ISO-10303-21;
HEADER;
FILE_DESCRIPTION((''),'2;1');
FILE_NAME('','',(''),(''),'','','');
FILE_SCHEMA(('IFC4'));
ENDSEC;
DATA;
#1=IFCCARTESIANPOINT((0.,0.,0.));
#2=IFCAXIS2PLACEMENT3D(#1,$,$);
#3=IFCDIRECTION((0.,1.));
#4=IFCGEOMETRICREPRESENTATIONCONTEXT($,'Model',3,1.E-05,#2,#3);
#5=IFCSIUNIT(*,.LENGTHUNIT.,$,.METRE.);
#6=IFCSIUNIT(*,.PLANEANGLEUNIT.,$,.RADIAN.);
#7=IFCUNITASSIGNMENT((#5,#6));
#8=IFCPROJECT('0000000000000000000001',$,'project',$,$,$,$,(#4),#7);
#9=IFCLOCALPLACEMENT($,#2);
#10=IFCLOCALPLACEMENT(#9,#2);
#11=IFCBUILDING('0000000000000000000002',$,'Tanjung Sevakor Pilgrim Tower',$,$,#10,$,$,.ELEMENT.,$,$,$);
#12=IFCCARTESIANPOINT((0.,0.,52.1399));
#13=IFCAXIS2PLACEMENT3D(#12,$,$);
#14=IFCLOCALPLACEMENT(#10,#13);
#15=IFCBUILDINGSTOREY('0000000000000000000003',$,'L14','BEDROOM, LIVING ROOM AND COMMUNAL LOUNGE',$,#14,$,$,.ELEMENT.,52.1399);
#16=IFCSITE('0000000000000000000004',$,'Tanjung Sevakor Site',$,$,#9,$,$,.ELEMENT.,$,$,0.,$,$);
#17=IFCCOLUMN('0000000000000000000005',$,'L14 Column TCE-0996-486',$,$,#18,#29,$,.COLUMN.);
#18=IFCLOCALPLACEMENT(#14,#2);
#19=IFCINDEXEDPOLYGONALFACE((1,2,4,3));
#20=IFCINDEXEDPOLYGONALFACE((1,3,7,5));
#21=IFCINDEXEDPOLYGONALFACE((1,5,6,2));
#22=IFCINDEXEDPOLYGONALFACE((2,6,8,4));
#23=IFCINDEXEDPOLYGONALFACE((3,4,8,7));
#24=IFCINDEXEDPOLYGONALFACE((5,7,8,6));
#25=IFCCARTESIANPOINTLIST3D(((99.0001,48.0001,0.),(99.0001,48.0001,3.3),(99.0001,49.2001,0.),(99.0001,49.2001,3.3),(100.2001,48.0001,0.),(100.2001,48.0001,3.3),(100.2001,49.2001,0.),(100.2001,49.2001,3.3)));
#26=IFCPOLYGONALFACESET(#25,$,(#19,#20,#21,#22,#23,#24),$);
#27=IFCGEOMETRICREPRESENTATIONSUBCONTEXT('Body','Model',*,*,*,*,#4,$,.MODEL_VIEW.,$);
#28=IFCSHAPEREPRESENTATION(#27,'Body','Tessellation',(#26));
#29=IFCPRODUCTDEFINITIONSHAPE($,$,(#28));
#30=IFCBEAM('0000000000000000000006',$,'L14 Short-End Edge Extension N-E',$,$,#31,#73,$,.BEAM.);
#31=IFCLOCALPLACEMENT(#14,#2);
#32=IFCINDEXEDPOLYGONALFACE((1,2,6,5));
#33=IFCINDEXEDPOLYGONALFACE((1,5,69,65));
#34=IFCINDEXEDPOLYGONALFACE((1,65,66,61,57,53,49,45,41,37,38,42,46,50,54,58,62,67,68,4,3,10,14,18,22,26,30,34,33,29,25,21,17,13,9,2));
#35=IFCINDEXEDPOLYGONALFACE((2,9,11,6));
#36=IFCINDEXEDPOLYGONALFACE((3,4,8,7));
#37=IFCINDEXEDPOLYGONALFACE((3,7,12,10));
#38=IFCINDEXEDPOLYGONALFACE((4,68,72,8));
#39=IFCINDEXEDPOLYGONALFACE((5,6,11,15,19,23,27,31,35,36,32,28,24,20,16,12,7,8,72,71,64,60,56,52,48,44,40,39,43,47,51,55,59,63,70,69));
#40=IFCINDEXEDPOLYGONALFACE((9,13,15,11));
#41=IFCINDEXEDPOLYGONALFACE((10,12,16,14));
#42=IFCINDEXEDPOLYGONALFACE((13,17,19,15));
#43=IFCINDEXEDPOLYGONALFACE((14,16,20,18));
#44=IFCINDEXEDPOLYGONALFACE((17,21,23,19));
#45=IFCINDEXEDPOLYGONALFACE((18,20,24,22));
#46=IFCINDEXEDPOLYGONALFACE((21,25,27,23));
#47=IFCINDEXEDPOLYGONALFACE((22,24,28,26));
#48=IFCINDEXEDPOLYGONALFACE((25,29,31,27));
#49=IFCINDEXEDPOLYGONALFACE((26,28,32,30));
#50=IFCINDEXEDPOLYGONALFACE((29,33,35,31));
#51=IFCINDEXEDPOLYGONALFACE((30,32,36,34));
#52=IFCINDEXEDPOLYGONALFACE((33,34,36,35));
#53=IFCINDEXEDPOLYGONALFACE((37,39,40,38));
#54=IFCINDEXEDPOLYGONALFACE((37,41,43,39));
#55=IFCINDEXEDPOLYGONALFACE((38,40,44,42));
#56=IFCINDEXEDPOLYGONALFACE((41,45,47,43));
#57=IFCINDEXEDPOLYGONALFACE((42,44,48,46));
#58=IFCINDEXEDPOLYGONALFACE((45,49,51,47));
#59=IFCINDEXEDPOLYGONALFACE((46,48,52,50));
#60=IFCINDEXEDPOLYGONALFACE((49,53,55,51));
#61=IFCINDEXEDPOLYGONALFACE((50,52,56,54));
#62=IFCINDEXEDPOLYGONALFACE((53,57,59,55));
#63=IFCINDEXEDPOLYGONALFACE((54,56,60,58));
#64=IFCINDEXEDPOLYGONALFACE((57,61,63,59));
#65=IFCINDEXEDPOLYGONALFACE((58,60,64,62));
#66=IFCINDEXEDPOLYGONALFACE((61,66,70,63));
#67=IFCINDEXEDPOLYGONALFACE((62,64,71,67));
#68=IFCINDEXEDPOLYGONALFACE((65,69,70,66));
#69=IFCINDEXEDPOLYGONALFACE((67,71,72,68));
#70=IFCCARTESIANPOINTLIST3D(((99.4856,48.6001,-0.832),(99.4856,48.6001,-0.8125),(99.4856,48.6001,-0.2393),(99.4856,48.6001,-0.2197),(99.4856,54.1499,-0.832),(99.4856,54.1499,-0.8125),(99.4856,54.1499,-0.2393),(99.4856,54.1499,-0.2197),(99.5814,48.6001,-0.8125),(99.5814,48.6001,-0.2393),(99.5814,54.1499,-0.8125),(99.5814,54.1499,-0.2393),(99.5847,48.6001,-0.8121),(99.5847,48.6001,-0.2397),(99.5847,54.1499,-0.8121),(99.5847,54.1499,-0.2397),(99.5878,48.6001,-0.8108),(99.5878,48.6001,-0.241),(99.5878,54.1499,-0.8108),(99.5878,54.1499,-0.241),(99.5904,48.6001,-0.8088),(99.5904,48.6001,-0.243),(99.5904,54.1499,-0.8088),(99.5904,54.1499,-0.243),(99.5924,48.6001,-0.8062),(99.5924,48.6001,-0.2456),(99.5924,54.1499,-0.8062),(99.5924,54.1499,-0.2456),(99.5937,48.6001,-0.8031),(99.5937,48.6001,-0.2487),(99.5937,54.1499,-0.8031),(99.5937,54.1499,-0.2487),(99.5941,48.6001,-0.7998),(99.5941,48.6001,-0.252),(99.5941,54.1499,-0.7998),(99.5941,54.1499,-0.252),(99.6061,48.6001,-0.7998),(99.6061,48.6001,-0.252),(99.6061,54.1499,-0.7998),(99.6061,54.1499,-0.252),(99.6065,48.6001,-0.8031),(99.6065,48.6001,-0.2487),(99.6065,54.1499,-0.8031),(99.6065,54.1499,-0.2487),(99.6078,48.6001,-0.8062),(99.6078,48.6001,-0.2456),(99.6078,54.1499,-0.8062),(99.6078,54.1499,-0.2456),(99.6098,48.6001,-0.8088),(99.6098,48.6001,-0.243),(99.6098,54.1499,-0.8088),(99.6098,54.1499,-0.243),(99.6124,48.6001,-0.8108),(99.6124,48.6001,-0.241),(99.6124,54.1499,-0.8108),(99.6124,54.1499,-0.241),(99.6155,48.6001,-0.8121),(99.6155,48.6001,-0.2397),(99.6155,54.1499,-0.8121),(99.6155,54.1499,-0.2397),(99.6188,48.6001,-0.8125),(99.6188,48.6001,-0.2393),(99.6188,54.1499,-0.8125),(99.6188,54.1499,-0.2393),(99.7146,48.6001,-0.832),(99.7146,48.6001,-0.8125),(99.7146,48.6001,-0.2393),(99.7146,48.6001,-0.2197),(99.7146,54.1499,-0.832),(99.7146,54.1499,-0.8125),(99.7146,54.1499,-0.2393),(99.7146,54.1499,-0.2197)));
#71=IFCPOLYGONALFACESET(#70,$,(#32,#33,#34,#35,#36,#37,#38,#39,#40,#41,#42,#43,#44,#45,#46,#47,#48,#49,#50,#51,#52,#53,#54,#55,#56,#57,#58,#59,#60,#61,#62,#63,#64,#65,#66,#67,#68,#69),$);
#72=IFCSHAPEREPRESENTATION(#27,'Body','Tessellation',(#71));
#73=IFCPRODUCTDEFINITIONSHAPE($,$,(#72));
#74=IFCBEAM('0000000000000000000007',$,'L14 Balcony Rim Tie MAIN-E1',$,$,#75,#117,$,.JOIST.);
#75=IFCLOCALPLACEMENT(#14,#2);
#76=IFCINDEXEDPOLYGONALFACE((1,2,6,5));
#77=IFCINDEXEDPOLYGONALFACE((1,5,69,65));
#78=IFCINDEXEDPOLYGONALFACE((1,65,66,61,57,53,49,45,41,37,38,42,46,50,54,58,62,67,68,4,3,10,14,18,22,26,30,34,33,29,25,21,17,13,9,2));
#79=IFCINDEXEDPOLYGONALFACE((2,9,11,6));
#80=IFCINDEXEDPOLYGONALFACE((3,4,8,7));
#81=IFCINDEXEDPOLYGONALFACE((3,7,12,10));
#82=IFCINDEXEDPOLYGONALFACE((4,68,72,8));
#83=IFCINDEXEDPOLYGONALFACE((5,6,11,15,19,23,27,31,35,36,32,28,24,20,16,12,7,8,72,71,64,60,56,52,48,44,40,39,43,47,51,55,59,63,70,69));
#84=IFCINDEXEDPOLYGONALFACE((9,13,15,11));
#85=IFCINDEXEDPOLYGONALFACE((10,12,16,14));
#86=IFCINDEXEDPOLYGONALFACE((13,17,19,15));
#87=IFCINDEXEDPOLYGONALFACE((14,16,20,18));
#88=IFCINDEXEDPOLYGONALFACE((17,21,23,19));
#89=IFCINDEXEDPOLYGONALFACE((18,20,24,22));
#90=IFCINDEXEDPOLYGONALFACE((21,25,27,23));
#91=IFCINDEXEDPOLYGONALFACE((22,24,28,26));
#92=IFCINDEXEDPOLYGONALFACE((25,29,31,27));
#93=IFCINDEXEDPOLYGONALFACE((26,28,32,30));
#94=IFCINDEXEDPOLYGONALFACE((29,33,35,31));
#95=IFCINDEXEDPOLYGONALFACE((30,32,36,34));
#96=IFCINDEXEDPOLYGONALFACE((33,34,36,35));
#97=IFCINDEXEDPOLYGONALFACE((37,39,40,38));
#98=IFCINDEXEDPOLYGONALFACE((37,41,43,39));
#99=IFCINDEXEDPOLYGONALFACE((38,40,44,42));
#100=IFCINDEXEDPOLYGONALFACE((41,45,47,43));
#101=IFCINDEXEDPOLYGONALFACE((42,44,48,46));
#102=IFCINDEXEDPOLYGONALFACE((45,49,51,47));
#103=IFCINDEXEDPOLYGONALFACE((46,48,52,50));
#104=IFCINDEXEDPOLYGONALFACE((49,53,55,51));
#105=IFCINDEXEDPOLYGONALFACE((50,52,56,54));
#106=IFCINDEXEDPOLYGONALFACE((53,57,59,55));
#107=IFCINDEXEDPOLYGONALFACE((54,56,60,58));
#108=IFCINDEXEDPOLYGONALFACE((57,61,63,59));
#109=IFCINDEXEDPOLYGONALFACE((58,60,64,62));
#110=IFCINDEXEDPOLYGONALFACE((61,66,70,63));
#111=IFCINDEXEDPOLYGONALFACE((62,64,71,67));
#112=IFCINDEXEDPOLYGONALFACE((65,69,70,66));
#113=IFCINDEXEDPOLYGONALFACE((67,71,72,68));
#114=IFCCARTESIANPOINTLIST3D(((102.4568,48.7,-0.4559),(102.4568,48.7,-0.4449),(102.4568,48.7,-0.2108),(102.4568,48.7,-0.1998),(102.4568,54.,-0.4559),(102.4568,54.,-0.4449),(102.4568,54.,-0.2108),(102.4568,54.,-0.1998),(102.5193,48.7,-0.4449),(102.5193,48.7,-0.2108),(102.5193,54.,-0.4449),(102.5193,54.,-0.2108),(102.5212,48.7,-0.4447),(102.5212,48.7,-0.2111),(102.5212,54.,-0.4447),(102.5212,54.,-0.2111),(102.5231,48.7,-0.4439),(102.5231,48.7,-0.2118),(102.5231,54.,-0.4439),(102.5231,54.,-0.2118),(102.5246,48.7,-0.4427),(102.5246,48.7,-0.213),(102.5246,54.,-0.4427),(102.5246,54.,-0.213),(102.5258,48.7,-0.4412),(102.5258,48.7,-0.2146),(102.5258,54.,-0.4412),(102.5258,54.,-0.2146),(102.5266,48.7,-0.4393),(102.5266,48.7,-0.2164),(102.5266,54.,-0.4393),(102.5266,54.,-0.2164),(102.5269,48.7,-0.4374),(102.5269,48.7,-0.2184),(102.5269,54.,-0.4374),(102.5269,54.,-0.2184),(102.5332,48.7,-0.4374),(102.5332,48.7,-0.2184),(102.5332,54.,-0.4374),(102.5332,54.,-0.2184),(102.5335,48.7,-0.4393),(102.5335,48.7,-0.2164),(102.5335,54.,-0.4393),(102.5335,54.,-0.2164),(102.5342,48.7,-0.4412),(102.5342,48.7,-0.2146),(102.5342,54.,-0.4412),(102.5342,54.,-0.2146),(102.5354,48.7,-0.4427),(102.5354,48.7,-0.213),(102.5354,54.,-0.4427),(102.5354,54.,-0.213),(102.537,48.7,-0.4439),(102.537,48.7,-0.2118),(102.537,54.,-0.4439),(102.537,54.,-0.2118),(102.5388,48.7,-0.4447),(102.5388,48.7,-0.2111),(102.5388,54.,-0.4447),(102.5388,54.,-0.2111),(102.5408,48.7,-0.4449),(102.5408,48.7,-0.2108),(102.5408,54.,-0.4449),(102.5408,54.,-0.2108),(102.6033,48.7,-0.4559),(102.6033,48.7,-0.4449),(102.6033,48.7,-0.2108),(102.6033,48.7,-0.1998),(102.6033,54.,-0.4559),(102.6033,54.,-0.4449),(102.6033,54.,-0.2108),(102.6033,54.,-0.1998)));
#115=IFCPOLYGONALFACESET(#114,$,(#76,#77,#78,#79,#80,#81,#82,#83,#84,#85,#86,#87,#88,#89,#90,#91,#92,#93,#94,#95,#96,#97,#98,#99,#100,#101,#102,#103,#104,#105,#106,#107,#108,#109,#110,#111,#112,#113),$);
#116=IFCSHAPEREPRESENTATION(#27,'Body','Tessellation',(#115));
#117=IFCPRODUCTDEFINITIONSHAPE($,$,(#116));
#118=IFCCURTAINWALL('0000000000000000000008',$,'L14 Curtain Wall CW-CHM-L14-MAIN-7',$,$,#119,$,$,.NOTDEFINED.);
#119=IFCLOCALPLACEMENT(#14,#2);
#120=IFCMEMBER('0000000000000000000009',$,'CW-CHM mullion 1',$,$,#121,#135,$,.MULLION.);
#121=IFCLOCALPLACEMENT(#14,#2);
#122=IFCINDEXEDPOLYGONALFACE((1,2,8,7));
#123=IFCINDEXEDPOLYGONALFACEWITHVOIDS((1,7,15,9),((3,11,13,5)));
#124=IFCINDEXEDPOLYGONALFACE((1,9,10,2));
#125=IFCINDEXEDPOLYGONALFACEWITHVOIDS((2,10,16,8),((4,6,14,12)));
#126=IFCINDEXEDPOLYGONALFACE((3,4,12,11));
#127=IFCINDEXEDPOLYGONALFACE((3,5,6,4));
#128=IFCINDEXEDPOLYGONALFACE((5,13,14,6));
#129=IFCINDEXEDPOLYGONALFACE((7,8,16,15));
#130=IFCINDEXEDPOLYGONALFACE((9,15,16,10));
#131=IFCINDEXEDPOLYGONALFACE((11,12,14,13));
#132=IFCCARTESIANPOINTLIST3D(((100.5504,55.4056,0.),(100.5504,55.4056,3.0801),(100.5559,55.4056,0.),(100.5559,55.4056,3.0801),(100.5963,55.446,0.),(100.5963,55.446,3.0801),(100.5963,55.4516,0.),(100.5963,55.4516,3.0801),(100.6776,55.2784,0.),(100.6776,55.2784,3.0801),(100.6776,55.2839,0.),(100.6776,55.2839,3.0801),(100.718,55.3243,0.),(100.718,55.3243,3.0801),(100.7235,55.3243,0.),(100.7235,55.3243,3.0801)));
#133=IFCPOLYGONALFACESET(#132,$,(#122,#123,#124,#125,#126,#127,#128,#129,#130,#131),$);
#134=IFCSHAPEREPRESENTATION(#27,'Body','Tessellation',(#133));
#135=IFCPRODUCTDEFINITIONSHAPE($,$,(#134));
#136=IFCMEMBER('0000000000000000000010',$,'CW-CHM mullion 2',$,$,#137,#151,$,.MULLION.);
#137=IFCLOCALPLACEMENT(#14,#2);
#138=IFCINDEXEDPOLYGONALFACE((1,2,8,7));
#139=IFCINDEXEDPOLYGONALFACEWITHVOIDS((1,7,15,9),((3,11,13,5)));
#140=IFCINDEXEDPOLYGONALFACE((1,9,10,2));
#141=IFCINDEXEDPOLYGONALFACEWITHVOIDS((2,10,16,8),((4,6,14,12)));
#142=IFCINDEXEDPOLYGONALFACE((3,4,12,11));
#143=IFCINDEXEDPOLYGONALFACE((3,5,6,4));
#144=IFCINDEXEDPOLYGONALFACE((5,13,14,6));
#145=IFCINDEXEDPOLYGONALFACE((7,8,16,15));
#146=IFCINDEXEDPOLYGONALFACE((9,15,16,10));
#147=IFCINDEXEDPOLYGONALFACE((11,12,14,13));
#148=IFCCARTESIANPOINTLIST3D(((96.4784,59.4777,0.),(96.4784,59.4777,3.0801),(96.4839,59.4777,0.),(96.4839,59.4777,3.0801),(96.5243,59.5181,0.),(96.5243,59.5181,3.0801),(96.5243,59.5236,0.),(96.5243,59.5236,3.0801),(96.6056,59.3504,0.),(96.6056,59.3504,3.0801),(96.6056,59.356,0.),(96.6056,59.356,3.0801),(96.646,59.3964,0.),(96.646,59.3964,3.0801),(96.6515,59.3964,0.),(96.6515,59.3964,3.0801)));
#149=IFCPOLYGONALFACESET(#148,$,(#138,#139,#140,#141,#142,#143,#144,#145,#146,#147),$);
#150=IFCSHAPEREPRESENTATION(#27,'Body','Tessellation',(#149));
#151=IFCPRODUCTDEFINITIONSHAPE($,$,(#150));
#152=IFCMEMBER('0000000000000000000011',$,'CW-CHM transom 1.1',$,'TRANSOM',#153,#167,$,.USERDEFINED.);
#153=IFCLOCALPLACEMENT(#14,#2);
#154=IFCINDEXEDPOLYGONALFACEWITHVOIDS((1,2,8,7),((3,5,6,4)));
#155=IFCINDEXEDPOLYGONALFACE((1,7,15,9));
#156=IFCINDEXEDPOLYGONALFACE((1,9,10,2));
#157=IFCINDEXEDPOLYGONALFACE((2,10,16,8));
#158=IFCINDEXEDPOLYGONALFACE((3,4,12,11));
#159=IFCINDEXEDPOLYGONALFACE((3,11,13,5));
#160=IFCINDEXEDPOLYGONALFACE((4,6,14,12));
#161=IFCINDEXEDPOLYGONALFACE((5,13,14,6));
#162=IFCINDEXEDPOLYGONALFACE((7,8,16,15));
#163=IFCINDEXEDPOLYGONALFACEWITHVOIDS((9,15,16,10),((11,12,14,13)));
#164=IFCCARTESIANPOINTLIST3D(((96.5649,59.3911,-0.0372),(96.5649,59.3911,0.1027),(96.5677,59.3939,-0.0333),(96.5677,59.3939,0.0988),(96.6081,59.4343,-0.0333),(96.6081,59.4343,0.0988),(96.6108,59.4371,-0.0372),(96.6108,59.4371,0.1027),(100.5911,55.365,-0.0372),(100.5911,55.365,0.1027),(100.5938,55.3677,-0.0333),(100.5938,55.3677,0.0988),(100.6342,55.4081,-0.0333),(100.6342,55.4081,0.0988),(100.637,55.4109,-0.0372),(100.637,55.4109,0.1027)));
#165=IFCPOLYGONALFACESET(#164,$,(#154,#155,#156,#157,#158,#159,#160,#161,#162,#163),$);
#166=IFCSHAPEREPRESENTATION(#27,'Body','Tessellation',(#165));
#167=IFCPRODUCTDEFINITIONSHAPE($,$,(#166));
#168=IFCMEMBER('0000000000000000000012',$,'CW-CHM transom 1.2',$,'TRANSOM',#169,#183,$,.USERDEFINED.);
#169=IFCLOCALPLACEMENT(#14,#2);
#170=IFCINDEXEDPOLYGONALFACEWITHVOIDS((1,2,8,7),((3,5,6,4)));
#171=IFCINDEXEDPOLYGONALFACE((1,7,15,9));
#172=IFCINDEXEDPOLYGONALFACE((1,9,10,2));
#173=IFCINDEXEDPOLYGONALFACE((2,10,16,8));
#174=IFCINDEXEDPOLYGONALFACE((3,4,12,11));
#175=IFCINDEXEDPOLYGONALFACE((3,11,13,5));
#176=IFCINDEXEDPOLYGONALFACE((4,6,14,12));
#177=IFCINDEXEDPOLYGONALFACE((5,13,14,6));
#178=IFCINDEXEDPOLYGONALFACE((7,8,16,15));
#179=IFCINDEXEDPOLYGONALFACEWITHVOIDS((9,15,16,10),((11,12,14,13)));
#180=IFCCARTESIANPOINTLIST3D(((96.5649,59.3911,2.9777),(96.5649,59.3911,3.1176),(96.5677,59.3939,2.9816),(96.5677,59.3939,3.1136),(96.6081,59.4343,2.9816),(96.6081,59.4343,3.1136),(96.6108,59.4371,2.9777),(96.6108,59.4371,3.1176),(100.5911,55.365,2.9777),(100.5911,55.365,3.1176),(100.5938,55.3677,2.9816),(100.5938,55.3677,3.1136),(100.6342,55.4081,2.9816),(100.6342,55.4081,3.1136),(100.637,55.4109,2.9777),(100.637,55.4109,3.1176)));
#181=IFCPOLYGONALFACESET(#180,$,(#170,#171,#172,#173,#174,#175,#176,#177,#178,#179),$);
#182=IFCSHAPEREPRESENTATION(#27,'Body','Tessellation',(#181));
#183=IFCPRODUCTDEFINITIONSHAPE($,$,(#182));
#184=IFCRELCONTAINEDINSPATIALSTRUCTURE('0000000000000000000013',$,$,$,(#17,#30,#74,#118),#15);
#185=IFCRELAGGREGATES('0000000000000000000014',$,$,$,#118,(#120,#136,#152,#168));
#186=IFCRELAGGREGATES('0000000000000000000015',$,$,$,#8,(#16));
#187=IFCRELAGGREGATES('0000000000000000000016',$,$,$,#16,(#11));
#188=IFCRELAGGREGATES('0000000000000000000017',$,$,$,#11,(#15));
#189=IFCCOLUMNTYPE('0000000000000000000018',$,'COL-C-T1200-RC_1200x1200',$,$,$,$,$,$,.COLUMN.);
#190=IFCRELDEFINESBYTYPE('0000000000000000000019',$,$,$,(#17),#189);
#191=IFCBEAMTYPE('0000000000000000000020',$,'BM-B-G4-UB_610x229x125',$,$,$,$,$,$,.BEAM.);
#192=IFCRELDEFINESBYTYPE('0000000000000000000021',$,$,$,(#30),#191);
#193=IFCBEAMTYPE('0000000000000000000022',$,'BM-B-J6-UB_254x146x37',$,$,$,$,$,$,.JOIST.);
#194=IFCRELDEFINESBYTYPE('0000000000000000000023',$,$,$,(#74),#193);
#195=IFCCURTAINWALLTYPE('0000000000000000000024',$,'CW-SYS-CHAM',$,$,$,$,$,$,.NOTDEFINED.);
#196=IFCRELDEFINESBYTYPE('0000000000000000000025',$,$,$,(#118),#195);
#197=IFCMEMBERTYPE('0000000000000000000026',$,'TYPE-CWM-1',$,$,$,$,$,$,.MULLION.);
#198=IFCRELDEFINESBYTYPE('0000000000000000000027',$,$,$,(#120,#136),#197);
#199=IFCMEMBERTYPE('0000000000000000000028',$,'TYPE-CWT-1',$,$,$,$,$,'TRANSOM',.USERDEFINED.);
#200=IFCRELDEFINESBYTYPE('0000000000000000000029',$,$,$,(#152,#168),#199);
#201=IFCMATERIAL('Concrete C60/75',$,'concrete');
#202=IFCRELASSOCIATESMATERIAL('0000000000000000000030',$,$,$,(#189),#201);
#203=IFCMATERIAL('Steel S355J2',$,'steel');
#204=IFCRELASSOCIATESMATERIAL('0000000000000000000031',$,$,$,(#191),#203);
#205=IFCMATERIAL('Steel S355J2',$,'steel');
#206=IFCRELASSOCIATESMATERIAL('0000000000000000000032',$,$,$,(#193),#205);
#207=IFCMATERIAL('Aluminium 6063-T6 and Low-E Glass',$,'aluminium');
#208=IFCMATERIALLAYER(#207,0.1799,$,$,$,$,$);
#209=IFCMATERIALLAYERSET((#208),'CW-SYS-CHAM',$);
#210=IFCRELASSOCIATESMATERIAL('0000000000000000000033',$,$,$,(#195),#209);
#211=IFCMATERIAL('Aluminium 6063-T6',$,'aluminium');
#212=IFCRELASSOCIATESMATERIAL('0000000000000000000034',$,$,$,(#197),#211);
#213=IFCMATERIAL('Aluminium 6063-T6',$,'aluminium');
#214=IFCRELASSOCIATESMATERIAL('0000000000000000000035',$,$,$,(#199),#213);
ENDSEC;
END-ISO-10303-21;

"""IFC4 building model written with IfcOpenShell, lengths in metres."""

from ifc_helpers import new_model, si_unit, direction, frame, origin, origin_2d, place, context, subcontext, project, spatial, rectangle, hollow_rectangle, i_section, extrude, material, layer, layer_set, material_profile, profile_set, type_object, element, aggregate, save


model = new_model("IFC4")

# Units and contexts
model_context = context("Model", 3, precision=1e-05, world=origin(), true_north=direction((0.0, 1.0)))
body_context = subcontext(model_context, "Body", "Model", "MODEL_VIEW")
ifc_project = project(units=[si_unit("LENGTHUNIT", "METRE"), si_unit("PLANEANGLEUNIT", "RADIAN")], contexts=[model_context])

# Site, building, storey
site_placement = place(None, origin())
site = spatial("IfcSite", under=ifc_project, at=site_placement, Name="Tanjung Sevakor Site", CompositionType="ELEMENT", RefElevation=0.0)
building_placement = place(site_placement, origin())
building = spatial("IfcBuilding", under=site, at=building_placement, Name="Tanjung Sevakor Pilgrim Tower", CompositionType="ELEMENT")
storey_placement = place(building_placement, frame((0.0, 0.0, 52.1399)))
storey = spatial("IfcBuildingStorey", under=building, at=storey_placement, Name="L14", Description="BEDROOM, LIVING ROOM AND COMMUNAL LOUNGE", CompositionType="ELEMENT", Elevation=52.1399)

# Column
ifc_material_1 = material(Name="Concrete C60/75", Category="concrete")
ifc_material_profile_1 = material_profile(ifc_material_1, rectangle(XDim=1.2, YDim=1.2, at=origin_2d()))
ifc_profile_set_1 = profile_set([ifc_material_profile_1], Name="Concrete C60/75")
column_type = type_object("IfcColumnType", Name="COL-C-T1200-RC_1200x1200", PredefinedType="COLUMN", material=ifc_profile_set_1)
column_placement = place(storey_placement, frame((99.6001, 48.6001, 0.0), z_axis=(0.0, 0.0, 1.0), x_axis=(1.0, 0.0, 0.0)))
element("IfcColumn", 1, at=column_placement, inside=storey, type_object=column_type, Name="L14 Column TCE-0996-486", PredefinedType="COLUMN", context=body_context, shape_type="SweptSolid", body=[
    extrude(rectangle(XDim=1.2, YDim=1.2, at=origin_2d()), origin(), (0.0, 0.0, 1.0), 3.3),
])

# Beams
ifc_material_2 = material(Name="Steel S355J2", Category="steel")
ifc_material_profile_2 = material_profile(ifc_material_2, i_section(OverallWidth=0.229, OverallDepth=0.6123, WebThickness=0.012, FlangeThickness=0.0195, FilletRadius=0.0127, at=origin_2d()))
ifc_profile_set_2 = profile_set([ifc_material_profile_2], Name="Steel S355J2")
beam_type_1 = type_object("IfcBeamType", Name="BM-B-G4-UB_610x229x125", PredefinedType="BEAM", material=ifc_profile_set_2)
beam_1_placement = place(storey_placement, frame((99.6001, 48.6001, -0.5259), z_axis=(0.0, 1.0, 0.0), x_axis=(-1.0, 0.0, 0.0)))
element("IfcBeam", 2, at=beam_1_placement, inside=storey, type_object=beam_type_1, Name="L14 Short-End Edge Extension N-E", PredefinedType="BEAM", context=body_context, shape_type="SweptSolid", body=[
    extrude(i_section(OverallWidth=0.229, OverallDepth=0.6123, WebThickness=0.012, FlangeThickness=0.0195, FilletRadius=0.0127, at=origin_2d()), origin(), (0.0, 0.0, 1.0), 5.5498),
])
ifc_material_3 = material(Name="Steel S355J2", Category="steel")
ifc_material_profile_3 = material_profile(ifc_material_3, i_section(OverallWidth=0.1465, OverallDepth=0.2561, WebThickness=0.0063, FlangeThickness=0.011, FilletRadius=0.0076, at=origin_2d()))
ifc_profile_set_3 = profile_set([ifc_material_profile_3], Name="Steel S355J2")
beam_type_2 = type_object("IfcBeamType", Name="BM-B-J6-UB_254x146x37", PredefinedType="JOIST", material=ifc_profile_set_3)
beam_2_placement = place(storey_placement, frame((102.53, 48.7, -0.3279), z_axis=(0.0, 1.0, 0.0), x_axis=(-1.0, 0.0, 0.0)))
element("IfcBeam", 3, at=beam_2_placement, inside=storey, type_object=beam_type_2, Name="L14 Balcony Rim Tie MAIN-E1", PredefinedType="JOIST", context=body_context, shape_type="SweptSolid", body=[
    extrude(i_section(OverallWidth=0.1465, OverallDepth=0.2561, WebThickness=0.0063, FlangeThickness=0.011, FilletRadius=0.0076, at=origin_2d()), origin(), (0.0, 0.0, 1.0), 5.3),
])

# Curtain wall, members
ifc_material_4 = material(Name="Aluminium 6063-T6 and Low-E Glass", Category="aluminium")
ifc_layer_1 = layer(ifc_material_4, 0.1799)
ifc_layer_set_1 = layer_set([ifc_layer_1], Name="CW-SYS-CHAM")
curtain_wall_type = type_object("IfcCurtainWallType", Name="CW-SYS-CHAM", PredefinedType="NOTDEFINED", material=ifc_layer_set_1)
curtain_wall_placement = place(storey_placement, origin())
curtain_wall = element("IfcCurtainWall", 4, at=curtain_wall_placement, inside=storey, type_object=curtain_wall_type, Name="L14 Curtain Wall CW-CHM-L14-MAIN-7", PredefinedType="NOTDEFINED")
ifc_material_5 = material(Name="Aluminium 6063-T6", Category="aluminium")
ifc_material_profile_4 = material_profile(ifc_material_5, hollow_rectangle(XDim=0.0649, YDim=0.1799, WallThickness=0.0039, at=origin_2d()))
ifc_profile_set_4 = profile_set([ifc_material_profile_4], Name="Aluminium 6063-T6")
member_type_1 = type_object("IfcMemberType", Name="TYPE-CWM-1", PredefinedType="MULLION", material=ifc_profile_set_4)
member_1_placement = place(storey_placement, frame((100.637, 55.365, 0.0), z_axis=(0.0, 0.0, 1.0), x_axis=(-0.707107, -0.707107, 0.0)))
member_1 = element("IfcMember", 5, at=member_1_placement, type_object=member_type_1, Name="CW-CHM mullion 1", PredefinedType="MULLION", context=body_context, shape_type="SweptSolid", body=[
    extrude(hollow_rectangle(XDim=0.0649, YDim=0.1799, WallThickness=0.0039, at=origin_2d()), origin(), (0.0, 0.0, 1.0), 3.0801),
])
member_2_placement = place(storey_placement, frame((96.5649, 59.437, 0.0), z_axis=(0.0, 0.0, 1.0), x_axis=(-0.707107, -0.707107, 0.0)))
member_2 = element("IfcMember", 6, at=member_2_placement, type_object=member_type_1, Name="CW-CHM mullion 2", PredefinedType="MULLION", context=body_context, shape_type="SweptSolid", body=[
    extrude(hollow_rectangle(XDim=0.0649, YDim=0.1799, WallThickness=0.0039, at=origin_2d()), origin(), (0.0, 0.0, 1.0), 3.0801),
])
ifc_material_6 = material(Name="Aluminium 6063-T6", Category="aluminium")
ifc_material_profile_5 = material_profile(ifc_material_6, hollow_rectangle(XDim=0.0649, YDim=0.1399, WallThickness=0.0039, at=origin_2d()))
ifc_profile_set_5 = profile_set([ifc_material_profile_5], Name="Aluminium 6063-T6")
member_type_2 = type_object("IfcMemberType", Name="TYPE-CWT-1", ElementType="TRANSOM", PredefinedType="USERDEFINED", material=ifc_profile_set_5)
member_3_placement = place(storey_placement, frame((100.614, 55.3879, 0.0327), z_axis=(-0.707107, 0.707107, 0.0), x_axis=(-0.707107, -0.707107, 0.0)))
member_3 = element("IfcMember", 7, at=member_3_placement, type_object=member_type_2, Name="CW-CHM transom 1.1", ObjectType="TRANSOM", PredefinedType="USERDEFINED", context=body_context, shape_type="SweptSolid", body=[
    extrude(hollow_rectangle(XDim=0.0649, YDim=0.1399, WallThickness=0.0039, at=origin_2d()), origin(), (0.0, 0.0, 1.0), 5.6938),
])
member_4_placement = place(storey_placement, frame((100.614, 55.3879, 3.0476), z_axis=(-0.707107, 0.707107, 0.0), x_axis=(-0.707107, -0.707107, 0.0)))
member_4 = element("IfcMember", 8, at=member_4_placement, type_object=member_type_2, Name="CW-CHM transom 1.2", ObjectType="TRANSOM", PredefinedType="USERDEFINED", context=body_context, shape_type="SweptSolid", body=[
    extrude(hollow_rectangle(XDim=0.0649, YDim=0.1399, WallThickness=0.0039, at=origin_2d()), origin(), (0.0, 0.0, 1.0), 5.6938),
])
aggregate(curtain_wall, [member_1, member_2, member_3, member_4])

save(model, "model.ifc")
